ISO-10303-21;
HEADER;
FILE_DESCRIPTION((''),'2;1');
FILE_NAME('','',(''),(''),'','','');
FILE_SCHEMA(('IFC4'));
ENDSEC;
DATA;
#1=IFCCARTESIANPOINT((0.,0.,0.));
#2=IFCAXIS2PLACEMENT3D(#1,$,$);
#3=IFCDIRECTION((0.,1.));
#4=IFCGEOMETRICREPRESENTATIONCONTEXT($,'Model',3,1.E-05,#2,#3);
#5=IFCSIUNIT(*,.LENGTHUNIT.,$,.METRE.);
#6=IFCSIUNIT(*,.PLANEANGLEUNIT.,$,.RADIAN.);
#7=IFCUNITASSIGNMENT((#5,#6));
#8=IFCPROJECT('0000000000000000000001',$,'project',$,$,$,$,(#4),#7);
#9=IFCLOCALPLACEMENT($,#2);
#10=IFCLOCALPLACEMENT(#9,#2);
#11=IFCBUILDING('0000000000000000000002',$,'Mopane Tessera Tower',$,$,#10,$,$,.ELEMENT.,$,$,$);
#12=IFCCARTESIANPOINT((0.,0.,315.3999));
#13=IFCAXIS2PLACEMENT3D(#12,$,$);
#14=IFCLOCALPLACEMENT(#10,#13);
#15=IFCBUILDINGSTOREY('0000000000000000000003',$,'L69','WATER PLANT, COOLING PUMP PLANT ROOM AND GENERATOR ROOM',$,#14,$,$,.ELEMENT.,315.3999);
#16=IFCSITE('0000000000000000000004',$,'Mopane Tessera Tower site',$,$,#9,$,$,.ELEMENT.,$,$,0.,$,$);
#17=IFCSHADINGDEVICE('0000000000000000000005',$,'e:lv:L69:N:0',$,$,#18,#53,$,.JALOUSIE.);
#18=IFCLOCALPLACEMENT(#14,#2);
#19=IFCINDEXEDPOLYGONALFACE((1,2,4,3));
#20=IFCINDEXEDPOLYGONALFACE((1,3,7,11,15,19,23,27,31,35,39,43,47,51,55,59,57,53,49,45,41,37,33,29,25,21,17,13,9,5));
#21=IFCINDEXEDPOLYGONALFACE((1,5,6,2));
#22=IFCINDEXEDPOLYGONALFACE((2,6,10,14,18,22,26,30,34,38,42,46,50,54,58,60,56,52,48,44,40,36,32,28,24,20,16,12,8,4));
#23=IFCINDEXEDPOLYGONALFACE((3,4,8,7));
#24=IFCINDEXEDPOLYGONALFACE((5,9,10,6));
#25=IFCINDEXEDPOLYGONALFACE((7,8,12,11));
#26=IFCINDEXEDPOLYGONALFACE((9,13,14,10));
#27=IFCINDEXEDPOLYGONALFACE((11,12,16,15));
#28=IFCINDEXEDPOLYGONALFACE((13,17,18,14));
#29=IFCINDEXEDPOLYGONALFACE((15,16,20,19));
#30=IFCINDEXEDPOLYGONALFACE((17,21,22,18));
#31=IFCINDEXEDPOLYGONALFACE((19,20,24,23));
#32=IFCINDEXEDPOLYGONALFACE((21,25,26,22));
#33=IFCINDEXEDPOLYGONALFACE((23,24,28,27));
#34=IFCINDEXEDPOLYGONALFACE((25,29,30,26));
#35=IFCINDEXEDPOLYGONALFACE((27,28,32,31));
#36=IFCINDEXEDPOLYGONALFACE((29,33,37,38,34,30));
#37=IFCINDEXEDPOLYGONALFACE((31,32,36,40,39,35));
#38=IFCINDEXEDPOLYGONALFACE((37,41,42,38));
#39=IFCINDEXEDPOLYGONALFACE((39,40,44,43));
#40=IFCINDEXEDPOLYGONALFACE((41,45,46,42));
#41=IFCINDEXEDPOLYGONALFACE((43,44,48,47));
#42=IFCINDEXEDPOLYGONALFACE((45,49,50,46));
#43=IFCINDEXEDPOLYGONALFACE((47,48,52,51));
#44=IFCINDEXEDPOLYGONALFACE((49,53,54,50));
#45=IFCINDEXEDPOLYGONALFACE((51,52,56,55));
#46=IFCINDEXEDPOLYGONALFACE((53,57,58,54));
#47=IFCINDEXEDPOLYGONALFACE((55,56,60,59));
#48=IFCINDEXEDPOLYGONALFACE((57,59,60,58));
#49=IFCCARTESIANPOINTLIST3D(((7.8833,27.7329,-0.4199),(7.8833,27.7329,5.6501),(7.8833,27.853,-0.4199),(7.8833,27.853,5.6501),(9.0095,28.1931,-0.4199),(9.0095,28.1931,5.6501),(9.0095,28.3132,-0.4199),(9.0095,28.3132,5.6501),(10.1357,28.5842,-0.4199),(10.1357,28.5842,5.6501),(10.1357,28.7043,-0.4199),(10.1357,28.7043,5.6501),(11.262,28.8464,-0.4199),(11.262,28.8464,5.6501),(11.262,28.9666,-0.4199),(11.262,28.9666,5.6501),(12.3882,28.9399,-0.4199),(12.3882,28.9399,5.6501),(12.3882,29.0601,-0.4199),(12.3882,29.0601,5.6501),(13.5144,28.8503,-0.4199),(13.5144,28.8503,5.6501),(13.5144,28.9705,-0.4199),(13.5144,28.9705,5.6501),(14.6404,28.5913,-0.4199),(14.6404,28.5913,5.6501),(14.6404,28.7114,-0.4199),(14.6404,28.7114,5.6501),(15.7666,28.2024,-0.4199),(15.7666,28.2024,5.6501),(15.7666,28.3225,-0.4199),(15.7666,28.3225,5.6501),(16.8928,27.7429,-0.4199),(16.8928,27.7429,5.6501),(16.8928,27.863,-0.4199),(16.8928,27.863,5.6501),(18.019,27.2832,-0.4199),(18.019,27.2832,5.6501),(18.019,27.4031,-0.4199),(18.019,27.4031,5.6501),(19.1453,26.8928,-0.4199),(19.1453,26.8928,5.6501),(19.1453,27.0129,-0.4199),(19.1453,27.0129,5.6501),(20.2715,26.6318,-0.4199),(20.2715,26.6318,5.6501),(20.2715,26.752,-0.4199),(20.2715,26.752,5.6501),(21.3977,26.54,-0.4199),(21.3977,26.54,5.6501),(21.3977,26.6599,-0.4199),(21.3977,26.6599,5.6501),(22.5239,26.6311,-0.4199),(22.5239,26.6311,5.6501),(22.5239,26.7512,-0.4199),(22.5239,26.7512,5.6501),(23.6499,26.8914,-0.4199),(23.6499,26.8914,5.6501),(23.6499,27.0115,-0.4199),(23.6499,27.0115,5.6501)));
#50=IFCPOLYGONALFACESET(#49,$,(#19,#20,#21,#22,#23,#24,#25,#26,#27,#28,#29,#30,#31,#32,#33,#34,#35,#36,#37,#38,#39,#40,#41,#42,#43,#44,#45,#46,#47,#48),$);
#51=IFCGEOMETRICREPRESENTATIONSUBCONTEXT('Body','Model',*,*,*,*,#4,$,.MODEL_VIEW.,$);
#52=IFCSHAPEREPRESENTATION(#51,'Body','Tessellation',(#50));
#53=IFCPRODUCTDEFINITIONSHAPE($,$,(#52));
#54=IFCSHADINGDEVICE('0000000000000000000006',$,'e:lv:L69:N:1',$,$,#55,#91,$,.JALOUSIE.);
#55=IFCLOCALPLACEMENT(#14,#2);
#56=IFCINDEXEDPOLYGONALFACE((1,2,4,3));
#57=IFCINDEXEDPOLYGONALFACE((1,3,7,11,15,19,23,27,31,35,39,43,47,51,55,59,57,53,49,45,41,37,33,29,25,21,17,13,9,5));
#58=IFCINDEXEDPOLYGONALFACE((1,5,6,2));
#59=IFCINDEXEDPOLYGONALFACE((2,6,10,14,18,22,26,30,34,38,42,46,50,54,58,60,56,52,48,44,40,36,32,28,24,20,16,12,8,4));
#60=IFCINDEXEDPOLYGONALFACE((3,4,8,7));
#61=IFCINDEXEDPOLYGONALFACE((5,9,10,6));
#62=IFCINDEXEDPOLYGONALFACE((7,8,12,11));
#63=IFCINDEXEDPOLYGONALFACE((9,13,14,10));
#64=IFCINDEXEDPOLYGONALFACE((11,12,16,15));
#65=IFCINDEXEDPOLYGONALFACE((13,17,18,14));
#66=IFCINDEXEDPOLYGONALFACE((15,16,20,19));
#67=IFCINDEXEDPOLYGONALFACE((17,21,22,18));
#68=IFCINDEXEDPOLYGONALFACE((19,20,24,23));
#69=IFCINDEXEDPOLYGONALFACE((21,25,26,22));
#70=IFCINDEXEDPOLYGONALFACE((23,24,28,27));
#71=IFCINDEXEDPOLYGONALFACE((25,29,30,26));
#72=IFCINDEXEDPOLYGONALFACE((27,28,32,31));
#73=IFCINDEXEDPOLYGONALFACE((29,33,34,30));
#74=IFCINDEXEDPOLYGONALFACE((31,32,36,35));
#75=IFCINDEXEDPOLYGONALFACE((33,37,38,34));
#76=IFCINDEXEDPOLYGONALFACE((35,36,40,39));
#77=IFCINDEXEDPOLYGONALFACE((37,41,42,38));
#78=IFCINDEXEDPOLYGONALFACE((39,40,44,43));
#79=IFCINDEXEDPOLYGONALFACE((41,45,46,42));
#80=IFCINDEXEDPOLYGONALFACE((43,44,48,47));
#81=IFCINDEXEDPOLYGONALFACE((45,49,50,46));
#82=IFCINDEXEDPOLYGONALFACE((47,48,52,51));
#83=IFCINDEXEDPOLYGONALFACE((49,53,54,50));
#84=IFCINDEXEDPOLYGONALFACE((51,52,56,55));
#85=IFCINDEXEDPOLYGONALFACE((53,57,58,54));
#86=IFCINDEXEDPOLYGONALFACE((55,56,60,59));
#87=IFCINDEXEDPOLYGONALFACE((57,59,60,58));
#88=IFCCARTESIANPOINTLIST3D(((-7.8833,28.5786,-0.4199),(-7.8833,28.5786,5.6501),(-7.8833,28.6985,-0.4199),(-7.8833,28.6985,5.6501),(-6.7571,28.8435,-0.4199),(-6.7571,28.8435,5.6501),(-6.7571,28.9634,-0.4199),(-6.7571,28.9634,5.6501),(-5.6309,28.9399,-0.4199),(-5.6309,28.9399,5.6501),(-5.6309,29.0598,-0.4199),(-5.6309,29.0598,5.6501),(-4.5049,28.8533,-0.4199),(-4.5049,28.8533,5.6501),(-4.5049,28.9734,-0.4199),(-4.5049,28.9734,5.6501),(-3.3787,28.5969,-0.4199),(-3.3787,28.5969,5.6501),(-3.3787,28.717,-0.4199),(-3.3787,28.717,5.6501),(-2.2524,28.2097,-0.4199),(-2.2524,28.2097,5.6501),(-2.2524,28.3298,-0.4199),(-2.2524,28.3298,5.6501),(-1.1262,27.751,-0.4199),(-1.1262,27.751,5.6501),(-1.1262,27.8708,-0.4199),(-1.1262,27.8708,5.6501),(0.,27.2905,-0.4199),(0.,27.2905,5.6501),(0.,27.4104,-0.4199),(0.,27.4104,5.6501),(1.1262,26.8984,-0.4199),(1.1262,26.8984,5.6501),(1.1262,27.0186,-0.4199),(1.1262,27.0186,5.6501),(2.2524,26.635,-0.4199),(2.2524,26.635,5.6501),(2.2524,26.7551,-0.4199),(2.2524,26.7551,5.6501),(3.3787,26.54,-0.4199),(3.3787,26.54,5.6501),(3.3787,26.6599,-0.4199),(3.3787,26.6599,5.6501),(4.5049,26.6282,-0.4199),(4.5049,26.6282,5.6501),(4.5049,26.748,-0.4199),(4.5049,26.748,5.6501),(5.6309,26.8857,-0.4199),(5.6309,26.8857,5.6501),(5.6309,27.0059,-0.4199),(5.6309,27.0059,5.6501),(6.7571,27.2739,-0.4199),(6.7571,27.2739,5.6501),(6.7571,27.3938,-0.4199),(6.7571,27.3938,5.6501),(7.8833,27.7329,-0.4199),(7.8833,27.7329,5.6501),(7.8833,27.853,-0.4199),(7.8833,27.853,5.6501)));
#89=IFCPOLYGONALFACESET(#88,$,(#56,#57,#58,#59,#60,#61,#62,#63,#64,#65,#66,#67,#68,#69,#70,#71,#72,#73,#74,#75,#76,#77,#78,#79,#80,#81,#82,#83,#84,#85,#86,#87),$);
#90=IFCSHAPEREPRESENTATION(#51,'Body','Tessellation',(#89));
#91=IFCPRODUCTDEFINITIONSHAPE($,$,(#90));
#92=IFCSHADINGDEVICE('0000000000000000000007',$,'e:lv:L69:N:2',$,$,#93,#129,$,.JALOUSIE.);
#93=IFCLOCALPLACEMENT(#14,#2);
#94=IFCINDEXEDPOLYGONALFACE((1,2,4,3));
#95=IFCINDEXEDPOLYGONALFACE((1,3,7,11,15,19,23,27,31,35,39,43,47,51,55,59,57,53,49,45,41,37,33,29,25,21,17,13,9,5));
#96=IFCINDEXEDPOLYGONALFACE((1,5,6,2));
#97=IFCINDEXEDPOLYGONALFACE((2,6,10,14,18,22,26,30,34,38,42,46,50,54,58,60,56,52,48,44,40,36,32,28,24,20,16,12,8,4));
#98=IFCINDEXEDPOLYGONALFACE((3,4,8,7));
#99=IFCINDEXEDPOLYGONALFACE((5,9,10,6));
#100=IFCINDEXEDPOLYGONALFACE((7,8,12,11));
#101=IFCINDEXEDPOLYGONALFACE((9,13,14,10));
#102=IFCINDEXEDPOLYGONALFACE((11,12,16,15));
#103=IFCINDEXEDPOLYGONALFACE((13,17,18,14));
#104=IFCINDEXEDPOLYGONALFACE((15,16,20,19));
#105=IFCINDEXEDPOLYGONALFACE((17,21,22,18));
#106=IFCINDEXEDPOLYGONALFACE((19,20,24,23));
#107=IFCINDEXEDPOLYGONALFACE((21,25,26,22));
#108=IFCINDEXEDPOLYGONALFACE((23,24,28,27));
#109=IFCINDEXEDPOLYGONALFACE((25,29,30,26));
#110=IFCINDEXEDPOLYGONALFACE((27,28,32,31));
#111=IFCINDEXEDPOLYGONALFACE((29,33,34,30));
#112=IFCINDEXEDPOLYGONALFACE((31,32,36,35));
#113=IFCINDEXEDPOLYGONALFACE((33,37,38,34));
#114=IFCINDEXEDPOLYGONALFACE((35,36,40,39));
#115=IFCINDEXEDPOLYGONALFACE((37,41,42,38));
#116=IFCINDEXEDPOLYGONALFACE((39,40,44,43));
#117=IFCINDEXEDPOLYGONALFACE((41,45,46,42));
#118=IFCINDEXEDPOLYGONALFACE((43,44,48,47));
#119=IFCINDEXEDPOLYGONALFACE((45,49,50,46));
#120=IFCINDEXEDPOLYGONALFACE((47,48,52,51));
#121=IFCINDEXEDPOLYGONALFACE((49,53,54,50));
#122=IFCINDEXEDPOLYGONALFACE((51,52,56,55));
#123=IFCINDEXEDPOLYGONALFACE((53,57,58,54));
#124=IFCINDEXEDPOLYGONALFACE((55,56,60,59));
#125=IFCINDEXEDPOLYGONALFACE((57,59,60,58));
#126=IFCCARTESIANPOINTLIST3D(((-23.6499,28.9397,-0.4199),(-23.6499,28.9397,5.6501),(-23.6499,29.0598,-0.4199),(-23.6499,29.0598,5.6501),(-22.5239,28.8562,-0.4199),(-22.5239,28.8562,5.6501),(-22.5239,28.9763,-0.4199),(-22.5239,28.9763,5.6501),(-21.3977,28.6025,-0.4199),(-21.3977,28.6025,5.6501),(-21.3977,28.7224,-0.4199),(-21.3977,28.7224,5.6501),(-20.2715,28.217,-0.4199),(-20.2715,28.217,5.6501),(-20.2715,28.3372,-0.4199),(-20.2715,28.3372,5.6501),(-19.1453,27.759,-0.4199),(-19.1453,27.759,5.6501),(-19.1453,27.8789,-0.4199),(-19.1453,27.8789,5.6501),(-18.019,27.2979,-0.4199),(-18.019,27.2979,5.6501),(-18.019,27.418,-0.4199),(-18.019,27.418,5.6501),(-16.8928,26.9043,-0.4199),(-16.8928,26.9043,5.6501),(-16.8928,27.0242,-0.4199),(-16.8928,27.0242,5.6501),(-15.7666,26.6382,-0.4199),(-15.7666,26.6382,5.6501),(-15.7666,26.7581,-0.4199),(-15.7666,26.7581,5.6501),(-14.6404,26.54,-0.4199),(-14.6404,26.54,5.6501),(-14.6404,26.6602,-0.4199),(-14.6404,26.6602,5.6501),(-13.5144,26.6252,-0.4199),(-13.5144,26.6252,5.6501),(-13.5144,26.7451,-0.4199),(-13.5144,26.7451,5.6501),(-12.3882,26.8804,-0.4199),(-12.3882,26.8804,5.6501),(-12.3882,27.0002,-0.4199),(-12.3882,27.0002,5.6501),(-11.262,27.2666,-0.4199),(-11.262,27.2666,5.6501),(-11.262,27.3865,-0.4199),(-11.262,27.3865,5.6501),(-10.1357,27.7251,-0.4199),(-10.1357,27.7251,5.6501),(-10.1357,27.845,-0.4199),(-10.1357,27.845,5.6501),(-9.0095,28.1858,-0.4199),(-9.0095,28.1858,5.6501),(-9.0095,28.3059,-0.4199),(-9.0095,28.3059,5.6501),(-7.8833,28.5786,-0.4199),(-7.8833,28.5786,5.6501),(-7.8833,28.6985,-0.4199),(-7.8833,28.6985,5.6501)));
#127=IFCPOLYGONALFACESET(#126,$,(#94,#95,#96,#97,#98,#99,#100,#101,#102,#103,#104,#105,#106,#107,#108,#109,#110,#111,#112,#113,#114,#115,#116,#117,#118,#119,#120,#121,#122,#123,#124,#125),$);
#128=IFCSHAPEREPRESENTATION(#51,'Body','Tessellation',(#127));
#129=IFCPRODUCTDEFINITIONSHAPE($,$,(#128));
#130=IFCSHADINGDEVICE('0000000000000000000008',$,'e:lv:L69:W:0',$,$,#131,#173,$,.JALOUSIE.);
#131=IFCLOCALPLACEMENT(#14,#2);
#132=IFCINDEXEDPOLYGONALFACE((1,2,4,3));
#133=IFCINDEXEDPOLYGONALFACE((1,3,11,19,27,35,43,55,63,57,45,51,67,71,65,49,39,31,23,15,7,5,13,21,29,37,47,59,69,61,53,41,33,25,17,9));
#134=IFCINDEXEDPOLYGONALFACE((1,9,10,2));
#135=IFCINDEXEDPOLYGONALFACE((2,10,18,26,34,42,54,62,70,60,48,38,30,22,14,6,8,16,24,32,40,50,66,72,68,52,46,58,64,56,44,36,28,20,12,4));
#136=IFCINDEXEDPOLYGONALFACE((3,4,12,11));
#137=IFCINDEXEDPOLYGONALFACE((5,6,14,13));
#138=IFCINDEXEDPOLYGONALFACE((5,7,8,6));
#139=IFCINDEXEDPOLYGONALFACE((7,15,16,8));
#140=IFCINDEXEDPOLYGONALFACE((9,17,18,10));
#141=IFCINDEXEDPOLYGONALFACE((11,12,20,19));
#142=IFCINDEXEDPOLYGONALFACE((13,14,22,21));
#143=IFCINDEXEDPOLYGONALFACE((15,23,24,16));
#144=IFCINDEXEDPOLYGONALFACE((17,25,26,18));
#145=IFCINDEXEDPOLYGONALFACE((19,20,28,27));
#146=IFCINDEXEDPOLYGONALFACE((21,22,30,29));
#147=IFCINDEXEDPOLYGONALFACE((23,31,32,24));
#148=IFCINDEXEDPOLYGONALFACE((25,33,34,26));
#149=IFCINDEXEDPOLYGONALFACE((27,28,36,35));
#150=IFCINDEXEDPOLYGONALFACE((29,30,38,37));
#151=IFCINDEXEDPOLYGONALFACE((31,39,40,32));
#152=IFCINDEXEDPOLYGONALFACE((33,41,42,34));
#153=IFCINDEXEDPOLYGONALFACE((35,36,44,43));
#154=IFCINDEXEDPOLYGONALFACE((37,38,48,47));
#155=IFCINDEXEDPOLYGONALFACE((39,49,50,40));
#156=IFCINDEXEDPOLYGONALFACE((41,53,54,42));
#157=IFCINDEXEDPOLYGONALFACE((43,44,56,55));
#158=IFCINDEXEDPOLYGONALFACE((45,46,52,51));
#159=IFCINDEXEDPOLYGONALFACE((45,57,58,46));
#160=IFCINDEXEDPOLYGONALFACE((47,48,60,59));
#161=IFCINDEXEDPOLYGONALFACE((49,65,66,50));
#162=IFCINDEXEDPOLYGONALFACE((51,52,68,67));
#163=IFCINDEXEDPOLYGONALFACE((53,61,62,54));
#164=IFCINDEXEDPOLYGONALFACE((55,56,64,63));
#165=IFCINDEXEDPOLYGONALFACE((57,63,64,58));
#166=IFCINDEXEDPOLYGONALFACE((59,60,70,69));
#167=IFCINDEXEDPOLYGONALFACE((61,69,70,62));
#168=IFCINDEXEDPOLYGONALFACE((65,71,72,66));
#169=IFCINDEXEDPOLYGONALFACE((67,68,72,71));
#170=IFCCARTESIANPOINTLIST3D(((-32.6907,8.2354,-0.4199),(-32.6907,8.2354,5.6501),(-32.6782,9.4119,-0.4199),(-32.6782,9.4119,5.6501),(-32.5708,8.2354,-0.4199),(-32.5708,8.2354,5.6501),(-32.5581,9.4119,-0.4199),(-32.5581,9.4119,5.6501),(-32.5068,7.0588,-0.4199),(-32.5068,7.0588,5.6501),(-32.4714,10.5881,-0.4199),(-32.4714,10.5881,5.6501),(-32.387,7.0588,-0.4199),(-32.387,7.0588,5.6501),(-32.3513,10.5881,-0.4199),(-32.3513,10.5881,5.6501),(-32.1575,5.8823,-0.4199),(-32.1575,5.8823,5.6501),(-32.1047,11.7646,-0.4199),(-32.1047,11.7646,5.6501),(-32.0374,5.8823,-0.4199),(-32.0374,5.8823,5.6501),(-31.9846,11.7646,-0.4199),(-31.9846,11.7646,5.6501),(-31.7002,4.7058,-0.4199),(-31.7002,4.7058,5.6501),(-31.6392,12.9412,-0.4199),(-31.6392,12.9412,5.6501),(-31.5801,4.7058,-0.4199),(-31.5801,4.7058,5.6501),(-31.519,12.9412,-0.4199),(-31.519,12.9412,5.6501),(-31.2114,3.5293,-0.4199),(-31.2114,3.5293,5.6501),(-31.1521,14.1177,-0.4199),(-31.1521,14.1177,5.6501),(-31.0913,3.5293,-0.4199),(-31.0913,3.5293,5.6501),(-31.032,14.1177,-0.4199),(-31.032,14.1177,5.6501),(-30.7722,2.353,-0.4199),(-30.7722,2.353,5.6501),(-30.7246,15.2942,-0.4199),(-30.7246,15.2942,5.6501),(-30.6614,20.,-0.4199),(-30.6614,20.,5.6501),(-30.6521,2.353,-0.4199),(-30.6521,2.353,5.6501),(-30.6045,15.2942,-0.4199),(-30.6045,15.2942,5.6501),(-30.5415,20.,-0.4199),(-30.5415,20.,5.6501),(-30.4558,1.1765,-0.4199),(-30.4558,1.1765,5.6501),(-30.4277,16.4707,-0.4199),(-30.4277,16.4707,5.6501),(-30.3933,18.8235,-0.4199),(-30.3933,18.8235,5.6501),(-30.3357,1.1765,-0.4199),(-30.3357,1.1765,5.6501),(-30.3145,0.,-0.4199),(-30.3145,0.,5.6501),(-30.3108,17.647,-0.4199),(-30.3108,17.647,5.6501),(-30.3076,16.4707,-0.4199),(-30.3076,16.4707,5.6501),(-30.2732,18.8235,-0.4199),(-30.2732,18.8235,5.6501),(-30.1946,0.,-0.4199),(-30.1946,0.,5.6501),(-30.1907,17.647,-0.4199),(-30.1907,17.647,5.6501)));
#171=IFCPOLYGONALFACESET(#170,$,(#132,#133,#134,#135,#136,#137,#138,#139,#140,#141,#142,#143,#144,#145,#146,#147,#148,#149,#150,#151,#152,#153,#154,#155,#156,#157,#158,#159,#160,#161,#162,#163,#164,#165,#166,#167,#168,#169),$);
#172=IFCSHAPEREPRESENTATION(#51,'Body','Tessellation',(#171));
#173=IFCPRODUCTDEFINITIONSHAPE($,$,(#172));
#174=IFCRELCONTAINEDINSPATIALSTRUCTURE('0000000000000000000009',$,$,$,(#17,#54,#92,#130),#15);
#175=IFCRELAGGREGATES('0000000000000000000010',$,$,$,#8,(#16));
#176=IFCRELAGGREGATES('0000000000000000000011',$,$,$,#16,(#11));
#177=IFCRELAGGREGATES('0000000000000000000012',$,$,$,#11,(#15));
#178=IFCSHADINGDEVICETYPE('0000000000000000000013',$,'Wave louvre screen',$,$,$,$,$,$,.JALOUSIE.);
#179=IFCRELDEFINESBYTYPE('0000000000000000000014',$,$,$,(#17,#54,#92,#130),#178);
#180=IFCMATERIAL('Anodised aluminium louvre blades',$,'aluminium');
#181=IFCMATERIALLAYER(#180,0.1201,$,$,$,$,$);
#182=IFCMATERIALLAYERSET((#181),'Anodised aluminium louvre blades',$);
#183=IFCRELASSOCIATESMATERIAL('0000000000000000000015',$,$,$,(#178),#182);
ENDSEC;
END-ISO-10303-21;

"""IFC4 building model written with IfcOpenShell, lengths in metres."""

from ifc_helpers import new_model, si_unit, direction, frame, origin, place, context, subcontext, project, spatial, polyline, outline, extrude, material, layer, layer_set, type_object, element, save


model = new_model("IFC4")

# Units and contexts
model_context = context("Model", 3, precision=1e-05, world=origin(), true_north=direction((0.0, 1.0)))
body_context = subcontext(model_context, "Body", "Model", "MODEL_VIEW")
ifc_project = project(units=[si_unit("LENGTHUNIT", "METRE"), si_unit("PLANEANGLEUNIT", "RADIAN")], contexts=[model_context])

# Site, building, storey
site_placement = place(None, origin())
site = spatial("IfcSite", under=ifc_project, at=site_placement, Name="Mopane Tessera Tower site", CompositionType="ELEMENT", RefElevation=0.0)
building_placement = place(site_placement, origin())
building = spatial("IfcBuilding", under=site, at=building_placement, Name="Mopane Tessera Tower", CompositionType="ELEMENT")
storey_placement = place(building_placement, frame((0.0, 0.0, 315.3999)))
storey = spatial("IfcBuildingStorey", under=building, at=storey_placement, Name="L69", Description="WATER PLANT, COOLING PUMP PLANT ROOM AND GENERATOR ROOM", CompositionType="ELEMENT", Elevation=315.3999)

# Shading devices
ifc_material_1 = material(Name="Anodised aluminium louvre blades", Category="aluminium")
ifc_layer_1 = layer(ifc_material_1, 0.1201)
ifc_layer_set_1 = layer_set([ifc_layer_1], Name="Anodised aluminium louvre blades")
shading_device_type = type_object("IfcShadingDeviceType", Name="Wave louvre screen", PredefinedType="JALOUSIE", material=ifc_layer_set_1)
shading_device_1_placement = place(storey_placement, frame((0.0, 0.0, -0.4199)))
element("IfcShadingDevice", 1, at=shading_device_1_placement, inside=storey, type_object=shading_device_type, Name="e:lv:L69:N:0", PredefinedType="JALOUSIE", context=body_context, shape_type="SweptSolid", body=[
    extrude(outline(polyline([(23.6499, 26.8914), (22.5239, 26.6311), (21.3977, 26.54), (20.2715, 26.6318), (19.1453, 26.8928), (18.019, 27.2832), (16.8928, 27.7429), (15.7666, 28.2024), (14.6404, 28.5913), (13.5144, 28.8503), (12.3882, 28.9399), (11.262, 28.8464), (10.1357, 28.5842), (9.0095, 28.1931), (7.8833, 27.7329), (7.8833, 27.853), (9.0095, 28.3132), (10.1357, 28.7043), (11.262, 28.9666), (12.3882, 29.0601), (13.5144, 28.9705), (14.6404, 28.7114), (15.7666, 28.3225), (16.8928, 27.863), (18.019, 27.4031), (19.1453, 27.0129), (20.2715, 26.752), (21.3977, 26.6599), (22.5239, 26.7512), (23.6499, 27.0115), (23.6499, 26.8914)])), origin(), (0.0, 0.0, 1.0), 6.0701),
])
shading_device_2_placement = place(storey_placement, frame((0.0, 0.0, -0.4199)))
element("IfcShadingDevice", 2, at=shading_device_2_placement, inside=storey, type_object=shading_device_type, Name="e:lv:L69:N:1", PredefinedType="JALOUSIE", context=body_context, shape_type="SweptSolid", body=[
    extrude(outline(polyline([(7.8833, 27.7329), (6.7571, 27.2739), (5.6309, 26.8857), (4.5049, 26.6282), (3.3787, 26.54), (2.2524, 26.635), (1.1262, 26.8984), (0.0, 27.2905), (-1.1262, 27.751), (-2.2524, 28.2097), (-3.3787, 28.5969), (-4.5049, 28.8533), (-5.6309, 28.9399), (-6.7571, 28.8435), (-7.8833, 28.5786), (-7.8833, 28.6985), (-6.7571, 28.9634), (-5.6309, 29.0598), (-4.5049, 28.9734), (-3.3787, 28.717), (-2.2524, 28.3298), (-1.1262, 27.8708), (0.0, 27.4104), (1.1262, 27.0186), (2.2524, 26.7551), (3.3787, 26.6599), (4.5049, 26.748), (5.6309, 27.0059), (6.7571, 27.3938), (7.8833, 27.853), (7.8833, 27.7329)])), origin(), (0.0, 0.0, 1.0), 6.0701),
])
shading_device_3_placement = place(storey_placement, frame((0.0, 0.0, -0.4199)))
element("IfcShadingDevice", 3, at=shading_device_3_placement, inside=storey, type_object=shading_device_type, Name="e:lv:L69:N:2", PredefinedType="JALOUSIE", context=body_context, shape_type="SweptSolid", body=[
    extrude(outline(polyline([(-7.8833, 28.5786), (-9.0095, 28.1858), (-10.1357, 27.7251), (-11.262, 27.2666), (-12.3882, 26.8804), (-13.5144, 26.6252), (-14.6404, 26.54), (-15.7666, 26.6382), (-16.8928, 26.9043), (-18.019, 27.2979), (-19.1453, 27.759), (-20.2715, 28.217), (-21.3977, 28.6025), (-22.5239, 28.8562), (-23.6499, 28.9397), (-23.6499, 29.0598), (-22.5239, 28.9763), (-21.3977, 28.7224), (-20.2715, 28.3372), (-19.1453, 27.8789), (-18.019, 27.418), (-16.8928, 27.0242), (-15.7666, 26.7581), (-14.6404, 26.6602), (-13.5144, 26.7451), (-12.3882, 27.0002), (-11.262, 27.3865), (-10.1357, 27.845), (-9.0095, 28.3059), (-7.8833, 28.6985), (-7.8833, 28.5786)])), origin(), (0.0, 0.0, 1.0), 6.0701),
])
shading_device_4_placement = place(storey_placement, frame((0.0, 0.0, -0.4199)))
element("IfcShadingDevice", 4, at=shading_device_4_placement, inside=storey, type_object=shading_device_type, Name="e:lv:L69:W:0", PredefinedType="JALOUSIE", context=body_context, shape_type="SweptSolid", body=[
    extrude(outline(polyline([(-30.5415, 20.0), (-30.2732, 18.8235), (-30.1907, 17.647), (-30.3076, 16.4707), (-30.6045, 15.2942), (-31.032, 14.1177), (-31.519, 12.9412), (-31.9846, 11.7646), (-32.3513, 10.5881), (-32.5581, 9.4119), (-32.5708, 8.2354), (-32.387, 7.0588), (-32.0374, 5.8823), (-31.5801, 4.7058), (-31.0913, 3.5293), (-30.6521, 2.353), (-30.3357, 1.1765), (-30.1946, 0.0), (-30.3145, 0.0), (-30.4558, 1.1765), (-30.7722, 2.353), (-31.2114, 3.5293), (-31.7002, 4.7058), (-32.1575, 5.8823), (-32.5068, 7.0588), (-32.6907, 8.2354), (-32.6782, 9.4119), (-32.4714, 10.5881), (-32.1047, 11.7646), (-31.6392, 12.9412), (-31.1521, 14.1177), (-30.7246, 15.2942), (-30.4277, 16.4707), (-30.3108, 17.647), (-30.3933, 18.8235), (-30.6614, 20.0), (-30.5415, 20.0)])), origin(), (0.0, 0.0, 1.0), 6.0701),
])

save(model, "model.ifc")
